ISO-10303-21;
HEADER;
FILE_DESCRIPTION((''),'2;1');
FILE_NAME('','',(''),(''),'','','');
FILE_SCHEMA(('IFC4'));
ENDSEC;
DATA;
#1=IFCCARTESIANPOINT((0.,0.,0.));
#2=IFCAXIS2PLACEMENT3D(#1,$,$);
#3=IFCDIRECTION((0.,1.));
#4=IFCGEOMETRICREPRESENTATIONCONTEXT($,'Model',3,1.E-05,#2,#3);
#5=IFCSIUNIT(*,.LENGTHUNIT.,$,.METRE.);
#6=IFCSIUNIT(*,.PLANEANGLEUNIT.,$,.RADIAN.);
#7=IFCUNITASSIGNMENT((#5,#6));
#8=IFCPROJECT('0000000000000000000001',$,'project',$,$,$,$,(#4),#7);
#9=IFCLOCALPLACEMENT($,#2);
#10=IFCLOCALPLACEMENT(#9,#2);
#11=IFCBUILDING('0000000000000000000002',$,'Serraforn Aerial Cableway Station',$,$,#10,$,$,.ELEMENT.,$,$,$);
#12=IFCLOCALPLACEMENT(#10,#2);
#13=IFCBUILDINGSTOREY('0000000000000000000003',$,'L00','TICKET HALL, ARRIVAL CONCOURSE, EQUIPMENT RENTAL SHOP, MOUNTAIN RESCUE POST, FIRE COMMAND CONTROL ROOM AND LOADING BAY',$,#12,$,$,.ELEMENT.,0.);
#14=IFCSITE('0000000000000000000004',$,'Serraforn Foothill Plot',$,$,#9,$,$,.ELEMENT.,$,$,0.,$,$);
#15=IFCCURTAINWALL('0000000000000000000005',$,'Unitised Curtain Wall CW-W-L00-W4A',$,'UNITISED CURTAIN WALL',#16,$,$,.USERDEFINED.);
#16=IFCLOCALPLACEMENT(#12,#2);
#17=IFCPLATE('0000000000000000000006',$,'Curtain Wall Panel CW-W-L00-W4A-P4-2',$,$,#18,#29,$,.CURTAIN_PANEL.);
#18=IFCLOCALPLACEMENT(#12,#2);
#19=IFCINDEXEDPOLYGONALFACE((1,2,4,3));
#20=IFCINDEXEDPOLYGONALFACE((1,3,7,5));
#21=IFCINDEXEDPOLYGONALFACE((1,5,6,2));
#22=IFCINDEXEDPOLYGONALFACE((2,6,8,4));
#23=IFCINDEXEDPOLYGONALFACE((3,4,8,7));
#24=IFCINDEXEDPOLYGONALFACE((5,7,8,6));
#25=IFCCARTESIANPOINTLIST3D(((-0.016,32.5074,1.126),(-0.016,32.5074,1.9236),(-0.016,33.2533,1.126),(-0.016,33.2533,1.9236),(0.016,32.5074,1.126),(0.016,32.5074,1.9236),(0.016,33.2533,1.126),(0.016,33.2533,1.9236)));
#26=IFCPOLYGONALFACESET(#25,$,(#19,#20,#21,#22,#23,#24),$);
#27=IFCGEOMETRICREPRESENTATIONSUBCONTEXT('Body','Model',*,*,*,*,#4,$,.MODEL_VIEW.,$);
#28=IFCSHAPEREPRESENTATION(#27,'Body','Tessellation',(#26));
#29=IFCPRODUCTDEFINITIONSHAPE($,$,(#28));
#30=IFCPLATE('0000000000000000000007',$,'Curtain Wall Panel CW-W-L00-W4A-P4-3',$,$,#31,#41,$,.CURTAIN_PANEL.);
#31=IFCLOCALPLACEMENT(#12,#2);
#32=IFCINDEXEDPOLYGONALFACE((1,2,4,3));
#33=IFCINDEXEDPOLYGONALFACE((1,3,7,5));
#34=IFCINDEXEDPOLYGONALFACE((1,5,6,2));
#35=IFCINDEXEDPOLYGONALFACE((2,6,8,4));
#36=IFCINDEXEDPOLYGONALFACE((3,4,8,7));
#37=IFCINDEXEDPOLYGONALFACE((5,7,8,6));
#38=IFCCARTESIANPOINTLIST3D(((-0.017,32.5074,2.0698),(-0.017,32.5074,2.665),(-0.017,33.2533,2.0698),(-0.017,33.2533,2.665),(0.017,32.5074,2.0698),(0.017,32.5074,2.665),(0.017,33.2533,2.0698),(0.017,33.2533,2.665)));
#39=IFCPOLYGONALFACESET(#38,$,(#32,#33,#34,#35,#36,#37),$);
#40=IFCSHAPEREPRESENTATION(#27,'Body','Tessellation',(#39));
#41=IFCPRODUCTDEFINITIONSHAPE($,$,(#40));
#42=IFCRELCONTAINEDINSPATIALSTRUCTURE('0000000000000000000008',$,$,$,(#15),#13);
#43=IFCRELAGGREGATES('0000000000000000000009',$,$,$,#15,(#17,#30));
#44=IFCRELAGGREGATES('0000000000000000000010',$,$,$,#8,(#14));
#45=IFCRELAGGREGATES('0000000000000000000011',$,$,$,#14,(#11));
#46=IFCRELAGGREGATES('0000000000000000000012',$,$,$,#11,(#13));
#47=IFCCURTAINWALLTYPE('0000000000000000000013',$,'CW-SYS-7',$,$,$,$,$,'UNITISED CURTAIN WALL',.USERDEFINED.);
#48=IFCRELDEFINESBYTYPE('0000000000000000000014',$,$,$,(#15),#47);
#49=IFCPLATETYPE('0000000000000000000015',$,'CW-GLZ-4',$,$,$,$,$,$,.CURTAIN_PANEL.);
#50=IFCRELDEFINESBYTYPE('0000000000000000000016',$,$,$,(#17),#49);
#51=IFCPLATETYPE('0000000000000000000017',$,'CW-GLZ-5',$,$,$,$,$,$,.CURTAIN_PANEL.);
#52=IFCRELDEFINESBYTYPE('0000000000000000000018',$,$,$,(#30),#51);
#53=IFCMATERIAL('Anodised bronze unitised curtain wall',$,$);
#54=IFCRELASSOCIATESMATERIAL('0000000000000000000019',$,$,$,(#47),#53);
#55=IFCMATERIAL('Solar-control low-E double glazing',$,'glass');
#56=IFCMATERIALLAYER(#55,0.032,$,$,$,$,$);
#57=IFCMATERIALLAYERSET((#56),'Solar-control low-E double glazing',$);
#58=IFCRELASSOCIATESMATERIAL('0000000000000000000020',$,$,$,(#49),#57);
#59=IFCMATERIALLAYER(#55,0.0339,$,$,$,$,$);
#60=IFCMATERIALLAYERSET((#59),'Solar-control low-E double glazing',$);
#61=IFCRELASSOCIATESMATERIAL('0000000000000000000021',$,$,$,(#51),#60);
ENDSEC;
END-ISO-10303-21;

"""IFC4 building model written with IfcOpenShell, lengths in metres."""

from ifc_helpers import new_model, si_unit, direction, frame, origin, origin_2d, place, context, subcontext, project, spatial, rectangle, extrude, material, layer, layer_set, type_object, element, aggregate, save


model = new_model("IFC4")

# Units and contexts
model_context = context("Model", 3, precision=1e-05, world=origin(), true_north=direction((0.0, 1.0)))
body_context = subcontext(model_context, "Body", "Model", "MODEL_VIEW")
ifc_project = project(units=[si_unit("LENGTHUNIT", "METRE"), si_unit("PLANEANGLEUNIT", "RADIAN")], contexts=[model_context])

# Site, building, storey
site_placement = place(None, origin())
site = spatial("IfcSite", under=ifc_project, at=site_placement, Name="Serraforn Foothill Plot", CompositionType="ELEMENT", RefElevation=0.0)
building_placement = place(site_placement, origin())
building = spatial("IfcBuilding", under=site, at=building_placement, Name="Serraforn Aerial Cableway Station", CompositionType="ELEMENT")
storey_placement = place(building_placement, origin())
storey = spatial("IfcBuildingStorey", under=building, at=storey_placement, Name="L00", Description="TICKET HALL, ARRIVAL CONCOURSE, EQUIPMENT RENTAL SHOP, MOUNTAIN RESCUE POST, FIRE COMMAND CONTROL ROOM AND LOADING BAY", CompositionType="ELEMENT", Elevation=0.0)

# Curtain wall, plates
ifc_material_1 = material(Name="Anodised bronze unitised curtain wall")
curtain_wall_type = type_object("IfcCurtainWallType", Name="CW-SYS-7", ElementType="UNITISED CURTAIN WALL", PredefinedType="USERDEFINED", material=ifc_material_1)
curtain_wall_placement = place(storey_placement, origin())
curtain_wall = element("IfcCurtainWall", 1, at=curtain_wall_placement, inside=storey, type_object=curtain_wall_type, Name="Unitised Curtain Wall CW-W-L00-W4A", ObjectType="UNITISED CURTAIN WALL", PredefinedType="USERDEFINED")
ifc_material_2 = material(Name="Solar-control low-E double glazing", Category="glass")
ifc_layer_1 = layer(ifc_material_2, 0.032)
ifc_layer_set_1 = layer_set([ifc_layer_1], Name="Solar-control low-E double glazing")
plate_type_1 = type_object("IfcPlateType", Name="CW-GLZ-4", PredefinedType="CURTAIN_PANEL", material=ifc_layer_set_1)
plate_1_placement = place(storey_placement, frame((0.0, 32.8804, 1.126), z_axis=(0.0, 0.0, 1.0), x_axis=(1.0, 0.0, 0.0)))
plate_1 = element("IfcPlate", 2, at=plate_1_placement, type_object=plate_type_1, Name="Curtain Wall Panel CW-W-L00-W4A-P4-2", PredefinedType="CURTAIN_PANEL", context=body_context, shape_type="SweptSolid", body=[
    extrude(rectangle(XDim=0.032, YDim=0.7458, at=origin_2d()), origin(), (0.0, 0.0, 1.0), 0.7976),
])
ifc_layer_2 = layer(ifc_material_2, 0.0339)
ifc_layer_set_2 = layer_set([ifc_layer_2], Name="Solar-control low-E double glazing")
plate_type_2 = type_object("IfcPlateType", Name="CW-GLZ-5", PredefinedType="CURTAIN_PANEL", material=ifc_layer_set_2)
plate_2_placement = place(storey_placement, frame((0.0, 32.8804, 2.0698), z_axis=(0.0, 0.0, 1.0), x_axis=(1.0, 0.0, 0.0)))
plate_2 = element("IfcPlate", 3, at=plate_2_placement, type_object=plate_type_2, Name="Curtain Wall Panel CW-W-L00-W4A-P4-3", PredefinedType="CURTAIN_PANEL", context=body_context, shape_type="SweptSolid", body=[
    extrude(rectangle(XDim=0.0339, YDim=0.7458, at=origin_2d()), origin(), (0.0, 0.0, 1.0), 0.5952),
])
aggregate(curtain_wall, [plate_1, plate_2])

save(model, "model.ifc")
